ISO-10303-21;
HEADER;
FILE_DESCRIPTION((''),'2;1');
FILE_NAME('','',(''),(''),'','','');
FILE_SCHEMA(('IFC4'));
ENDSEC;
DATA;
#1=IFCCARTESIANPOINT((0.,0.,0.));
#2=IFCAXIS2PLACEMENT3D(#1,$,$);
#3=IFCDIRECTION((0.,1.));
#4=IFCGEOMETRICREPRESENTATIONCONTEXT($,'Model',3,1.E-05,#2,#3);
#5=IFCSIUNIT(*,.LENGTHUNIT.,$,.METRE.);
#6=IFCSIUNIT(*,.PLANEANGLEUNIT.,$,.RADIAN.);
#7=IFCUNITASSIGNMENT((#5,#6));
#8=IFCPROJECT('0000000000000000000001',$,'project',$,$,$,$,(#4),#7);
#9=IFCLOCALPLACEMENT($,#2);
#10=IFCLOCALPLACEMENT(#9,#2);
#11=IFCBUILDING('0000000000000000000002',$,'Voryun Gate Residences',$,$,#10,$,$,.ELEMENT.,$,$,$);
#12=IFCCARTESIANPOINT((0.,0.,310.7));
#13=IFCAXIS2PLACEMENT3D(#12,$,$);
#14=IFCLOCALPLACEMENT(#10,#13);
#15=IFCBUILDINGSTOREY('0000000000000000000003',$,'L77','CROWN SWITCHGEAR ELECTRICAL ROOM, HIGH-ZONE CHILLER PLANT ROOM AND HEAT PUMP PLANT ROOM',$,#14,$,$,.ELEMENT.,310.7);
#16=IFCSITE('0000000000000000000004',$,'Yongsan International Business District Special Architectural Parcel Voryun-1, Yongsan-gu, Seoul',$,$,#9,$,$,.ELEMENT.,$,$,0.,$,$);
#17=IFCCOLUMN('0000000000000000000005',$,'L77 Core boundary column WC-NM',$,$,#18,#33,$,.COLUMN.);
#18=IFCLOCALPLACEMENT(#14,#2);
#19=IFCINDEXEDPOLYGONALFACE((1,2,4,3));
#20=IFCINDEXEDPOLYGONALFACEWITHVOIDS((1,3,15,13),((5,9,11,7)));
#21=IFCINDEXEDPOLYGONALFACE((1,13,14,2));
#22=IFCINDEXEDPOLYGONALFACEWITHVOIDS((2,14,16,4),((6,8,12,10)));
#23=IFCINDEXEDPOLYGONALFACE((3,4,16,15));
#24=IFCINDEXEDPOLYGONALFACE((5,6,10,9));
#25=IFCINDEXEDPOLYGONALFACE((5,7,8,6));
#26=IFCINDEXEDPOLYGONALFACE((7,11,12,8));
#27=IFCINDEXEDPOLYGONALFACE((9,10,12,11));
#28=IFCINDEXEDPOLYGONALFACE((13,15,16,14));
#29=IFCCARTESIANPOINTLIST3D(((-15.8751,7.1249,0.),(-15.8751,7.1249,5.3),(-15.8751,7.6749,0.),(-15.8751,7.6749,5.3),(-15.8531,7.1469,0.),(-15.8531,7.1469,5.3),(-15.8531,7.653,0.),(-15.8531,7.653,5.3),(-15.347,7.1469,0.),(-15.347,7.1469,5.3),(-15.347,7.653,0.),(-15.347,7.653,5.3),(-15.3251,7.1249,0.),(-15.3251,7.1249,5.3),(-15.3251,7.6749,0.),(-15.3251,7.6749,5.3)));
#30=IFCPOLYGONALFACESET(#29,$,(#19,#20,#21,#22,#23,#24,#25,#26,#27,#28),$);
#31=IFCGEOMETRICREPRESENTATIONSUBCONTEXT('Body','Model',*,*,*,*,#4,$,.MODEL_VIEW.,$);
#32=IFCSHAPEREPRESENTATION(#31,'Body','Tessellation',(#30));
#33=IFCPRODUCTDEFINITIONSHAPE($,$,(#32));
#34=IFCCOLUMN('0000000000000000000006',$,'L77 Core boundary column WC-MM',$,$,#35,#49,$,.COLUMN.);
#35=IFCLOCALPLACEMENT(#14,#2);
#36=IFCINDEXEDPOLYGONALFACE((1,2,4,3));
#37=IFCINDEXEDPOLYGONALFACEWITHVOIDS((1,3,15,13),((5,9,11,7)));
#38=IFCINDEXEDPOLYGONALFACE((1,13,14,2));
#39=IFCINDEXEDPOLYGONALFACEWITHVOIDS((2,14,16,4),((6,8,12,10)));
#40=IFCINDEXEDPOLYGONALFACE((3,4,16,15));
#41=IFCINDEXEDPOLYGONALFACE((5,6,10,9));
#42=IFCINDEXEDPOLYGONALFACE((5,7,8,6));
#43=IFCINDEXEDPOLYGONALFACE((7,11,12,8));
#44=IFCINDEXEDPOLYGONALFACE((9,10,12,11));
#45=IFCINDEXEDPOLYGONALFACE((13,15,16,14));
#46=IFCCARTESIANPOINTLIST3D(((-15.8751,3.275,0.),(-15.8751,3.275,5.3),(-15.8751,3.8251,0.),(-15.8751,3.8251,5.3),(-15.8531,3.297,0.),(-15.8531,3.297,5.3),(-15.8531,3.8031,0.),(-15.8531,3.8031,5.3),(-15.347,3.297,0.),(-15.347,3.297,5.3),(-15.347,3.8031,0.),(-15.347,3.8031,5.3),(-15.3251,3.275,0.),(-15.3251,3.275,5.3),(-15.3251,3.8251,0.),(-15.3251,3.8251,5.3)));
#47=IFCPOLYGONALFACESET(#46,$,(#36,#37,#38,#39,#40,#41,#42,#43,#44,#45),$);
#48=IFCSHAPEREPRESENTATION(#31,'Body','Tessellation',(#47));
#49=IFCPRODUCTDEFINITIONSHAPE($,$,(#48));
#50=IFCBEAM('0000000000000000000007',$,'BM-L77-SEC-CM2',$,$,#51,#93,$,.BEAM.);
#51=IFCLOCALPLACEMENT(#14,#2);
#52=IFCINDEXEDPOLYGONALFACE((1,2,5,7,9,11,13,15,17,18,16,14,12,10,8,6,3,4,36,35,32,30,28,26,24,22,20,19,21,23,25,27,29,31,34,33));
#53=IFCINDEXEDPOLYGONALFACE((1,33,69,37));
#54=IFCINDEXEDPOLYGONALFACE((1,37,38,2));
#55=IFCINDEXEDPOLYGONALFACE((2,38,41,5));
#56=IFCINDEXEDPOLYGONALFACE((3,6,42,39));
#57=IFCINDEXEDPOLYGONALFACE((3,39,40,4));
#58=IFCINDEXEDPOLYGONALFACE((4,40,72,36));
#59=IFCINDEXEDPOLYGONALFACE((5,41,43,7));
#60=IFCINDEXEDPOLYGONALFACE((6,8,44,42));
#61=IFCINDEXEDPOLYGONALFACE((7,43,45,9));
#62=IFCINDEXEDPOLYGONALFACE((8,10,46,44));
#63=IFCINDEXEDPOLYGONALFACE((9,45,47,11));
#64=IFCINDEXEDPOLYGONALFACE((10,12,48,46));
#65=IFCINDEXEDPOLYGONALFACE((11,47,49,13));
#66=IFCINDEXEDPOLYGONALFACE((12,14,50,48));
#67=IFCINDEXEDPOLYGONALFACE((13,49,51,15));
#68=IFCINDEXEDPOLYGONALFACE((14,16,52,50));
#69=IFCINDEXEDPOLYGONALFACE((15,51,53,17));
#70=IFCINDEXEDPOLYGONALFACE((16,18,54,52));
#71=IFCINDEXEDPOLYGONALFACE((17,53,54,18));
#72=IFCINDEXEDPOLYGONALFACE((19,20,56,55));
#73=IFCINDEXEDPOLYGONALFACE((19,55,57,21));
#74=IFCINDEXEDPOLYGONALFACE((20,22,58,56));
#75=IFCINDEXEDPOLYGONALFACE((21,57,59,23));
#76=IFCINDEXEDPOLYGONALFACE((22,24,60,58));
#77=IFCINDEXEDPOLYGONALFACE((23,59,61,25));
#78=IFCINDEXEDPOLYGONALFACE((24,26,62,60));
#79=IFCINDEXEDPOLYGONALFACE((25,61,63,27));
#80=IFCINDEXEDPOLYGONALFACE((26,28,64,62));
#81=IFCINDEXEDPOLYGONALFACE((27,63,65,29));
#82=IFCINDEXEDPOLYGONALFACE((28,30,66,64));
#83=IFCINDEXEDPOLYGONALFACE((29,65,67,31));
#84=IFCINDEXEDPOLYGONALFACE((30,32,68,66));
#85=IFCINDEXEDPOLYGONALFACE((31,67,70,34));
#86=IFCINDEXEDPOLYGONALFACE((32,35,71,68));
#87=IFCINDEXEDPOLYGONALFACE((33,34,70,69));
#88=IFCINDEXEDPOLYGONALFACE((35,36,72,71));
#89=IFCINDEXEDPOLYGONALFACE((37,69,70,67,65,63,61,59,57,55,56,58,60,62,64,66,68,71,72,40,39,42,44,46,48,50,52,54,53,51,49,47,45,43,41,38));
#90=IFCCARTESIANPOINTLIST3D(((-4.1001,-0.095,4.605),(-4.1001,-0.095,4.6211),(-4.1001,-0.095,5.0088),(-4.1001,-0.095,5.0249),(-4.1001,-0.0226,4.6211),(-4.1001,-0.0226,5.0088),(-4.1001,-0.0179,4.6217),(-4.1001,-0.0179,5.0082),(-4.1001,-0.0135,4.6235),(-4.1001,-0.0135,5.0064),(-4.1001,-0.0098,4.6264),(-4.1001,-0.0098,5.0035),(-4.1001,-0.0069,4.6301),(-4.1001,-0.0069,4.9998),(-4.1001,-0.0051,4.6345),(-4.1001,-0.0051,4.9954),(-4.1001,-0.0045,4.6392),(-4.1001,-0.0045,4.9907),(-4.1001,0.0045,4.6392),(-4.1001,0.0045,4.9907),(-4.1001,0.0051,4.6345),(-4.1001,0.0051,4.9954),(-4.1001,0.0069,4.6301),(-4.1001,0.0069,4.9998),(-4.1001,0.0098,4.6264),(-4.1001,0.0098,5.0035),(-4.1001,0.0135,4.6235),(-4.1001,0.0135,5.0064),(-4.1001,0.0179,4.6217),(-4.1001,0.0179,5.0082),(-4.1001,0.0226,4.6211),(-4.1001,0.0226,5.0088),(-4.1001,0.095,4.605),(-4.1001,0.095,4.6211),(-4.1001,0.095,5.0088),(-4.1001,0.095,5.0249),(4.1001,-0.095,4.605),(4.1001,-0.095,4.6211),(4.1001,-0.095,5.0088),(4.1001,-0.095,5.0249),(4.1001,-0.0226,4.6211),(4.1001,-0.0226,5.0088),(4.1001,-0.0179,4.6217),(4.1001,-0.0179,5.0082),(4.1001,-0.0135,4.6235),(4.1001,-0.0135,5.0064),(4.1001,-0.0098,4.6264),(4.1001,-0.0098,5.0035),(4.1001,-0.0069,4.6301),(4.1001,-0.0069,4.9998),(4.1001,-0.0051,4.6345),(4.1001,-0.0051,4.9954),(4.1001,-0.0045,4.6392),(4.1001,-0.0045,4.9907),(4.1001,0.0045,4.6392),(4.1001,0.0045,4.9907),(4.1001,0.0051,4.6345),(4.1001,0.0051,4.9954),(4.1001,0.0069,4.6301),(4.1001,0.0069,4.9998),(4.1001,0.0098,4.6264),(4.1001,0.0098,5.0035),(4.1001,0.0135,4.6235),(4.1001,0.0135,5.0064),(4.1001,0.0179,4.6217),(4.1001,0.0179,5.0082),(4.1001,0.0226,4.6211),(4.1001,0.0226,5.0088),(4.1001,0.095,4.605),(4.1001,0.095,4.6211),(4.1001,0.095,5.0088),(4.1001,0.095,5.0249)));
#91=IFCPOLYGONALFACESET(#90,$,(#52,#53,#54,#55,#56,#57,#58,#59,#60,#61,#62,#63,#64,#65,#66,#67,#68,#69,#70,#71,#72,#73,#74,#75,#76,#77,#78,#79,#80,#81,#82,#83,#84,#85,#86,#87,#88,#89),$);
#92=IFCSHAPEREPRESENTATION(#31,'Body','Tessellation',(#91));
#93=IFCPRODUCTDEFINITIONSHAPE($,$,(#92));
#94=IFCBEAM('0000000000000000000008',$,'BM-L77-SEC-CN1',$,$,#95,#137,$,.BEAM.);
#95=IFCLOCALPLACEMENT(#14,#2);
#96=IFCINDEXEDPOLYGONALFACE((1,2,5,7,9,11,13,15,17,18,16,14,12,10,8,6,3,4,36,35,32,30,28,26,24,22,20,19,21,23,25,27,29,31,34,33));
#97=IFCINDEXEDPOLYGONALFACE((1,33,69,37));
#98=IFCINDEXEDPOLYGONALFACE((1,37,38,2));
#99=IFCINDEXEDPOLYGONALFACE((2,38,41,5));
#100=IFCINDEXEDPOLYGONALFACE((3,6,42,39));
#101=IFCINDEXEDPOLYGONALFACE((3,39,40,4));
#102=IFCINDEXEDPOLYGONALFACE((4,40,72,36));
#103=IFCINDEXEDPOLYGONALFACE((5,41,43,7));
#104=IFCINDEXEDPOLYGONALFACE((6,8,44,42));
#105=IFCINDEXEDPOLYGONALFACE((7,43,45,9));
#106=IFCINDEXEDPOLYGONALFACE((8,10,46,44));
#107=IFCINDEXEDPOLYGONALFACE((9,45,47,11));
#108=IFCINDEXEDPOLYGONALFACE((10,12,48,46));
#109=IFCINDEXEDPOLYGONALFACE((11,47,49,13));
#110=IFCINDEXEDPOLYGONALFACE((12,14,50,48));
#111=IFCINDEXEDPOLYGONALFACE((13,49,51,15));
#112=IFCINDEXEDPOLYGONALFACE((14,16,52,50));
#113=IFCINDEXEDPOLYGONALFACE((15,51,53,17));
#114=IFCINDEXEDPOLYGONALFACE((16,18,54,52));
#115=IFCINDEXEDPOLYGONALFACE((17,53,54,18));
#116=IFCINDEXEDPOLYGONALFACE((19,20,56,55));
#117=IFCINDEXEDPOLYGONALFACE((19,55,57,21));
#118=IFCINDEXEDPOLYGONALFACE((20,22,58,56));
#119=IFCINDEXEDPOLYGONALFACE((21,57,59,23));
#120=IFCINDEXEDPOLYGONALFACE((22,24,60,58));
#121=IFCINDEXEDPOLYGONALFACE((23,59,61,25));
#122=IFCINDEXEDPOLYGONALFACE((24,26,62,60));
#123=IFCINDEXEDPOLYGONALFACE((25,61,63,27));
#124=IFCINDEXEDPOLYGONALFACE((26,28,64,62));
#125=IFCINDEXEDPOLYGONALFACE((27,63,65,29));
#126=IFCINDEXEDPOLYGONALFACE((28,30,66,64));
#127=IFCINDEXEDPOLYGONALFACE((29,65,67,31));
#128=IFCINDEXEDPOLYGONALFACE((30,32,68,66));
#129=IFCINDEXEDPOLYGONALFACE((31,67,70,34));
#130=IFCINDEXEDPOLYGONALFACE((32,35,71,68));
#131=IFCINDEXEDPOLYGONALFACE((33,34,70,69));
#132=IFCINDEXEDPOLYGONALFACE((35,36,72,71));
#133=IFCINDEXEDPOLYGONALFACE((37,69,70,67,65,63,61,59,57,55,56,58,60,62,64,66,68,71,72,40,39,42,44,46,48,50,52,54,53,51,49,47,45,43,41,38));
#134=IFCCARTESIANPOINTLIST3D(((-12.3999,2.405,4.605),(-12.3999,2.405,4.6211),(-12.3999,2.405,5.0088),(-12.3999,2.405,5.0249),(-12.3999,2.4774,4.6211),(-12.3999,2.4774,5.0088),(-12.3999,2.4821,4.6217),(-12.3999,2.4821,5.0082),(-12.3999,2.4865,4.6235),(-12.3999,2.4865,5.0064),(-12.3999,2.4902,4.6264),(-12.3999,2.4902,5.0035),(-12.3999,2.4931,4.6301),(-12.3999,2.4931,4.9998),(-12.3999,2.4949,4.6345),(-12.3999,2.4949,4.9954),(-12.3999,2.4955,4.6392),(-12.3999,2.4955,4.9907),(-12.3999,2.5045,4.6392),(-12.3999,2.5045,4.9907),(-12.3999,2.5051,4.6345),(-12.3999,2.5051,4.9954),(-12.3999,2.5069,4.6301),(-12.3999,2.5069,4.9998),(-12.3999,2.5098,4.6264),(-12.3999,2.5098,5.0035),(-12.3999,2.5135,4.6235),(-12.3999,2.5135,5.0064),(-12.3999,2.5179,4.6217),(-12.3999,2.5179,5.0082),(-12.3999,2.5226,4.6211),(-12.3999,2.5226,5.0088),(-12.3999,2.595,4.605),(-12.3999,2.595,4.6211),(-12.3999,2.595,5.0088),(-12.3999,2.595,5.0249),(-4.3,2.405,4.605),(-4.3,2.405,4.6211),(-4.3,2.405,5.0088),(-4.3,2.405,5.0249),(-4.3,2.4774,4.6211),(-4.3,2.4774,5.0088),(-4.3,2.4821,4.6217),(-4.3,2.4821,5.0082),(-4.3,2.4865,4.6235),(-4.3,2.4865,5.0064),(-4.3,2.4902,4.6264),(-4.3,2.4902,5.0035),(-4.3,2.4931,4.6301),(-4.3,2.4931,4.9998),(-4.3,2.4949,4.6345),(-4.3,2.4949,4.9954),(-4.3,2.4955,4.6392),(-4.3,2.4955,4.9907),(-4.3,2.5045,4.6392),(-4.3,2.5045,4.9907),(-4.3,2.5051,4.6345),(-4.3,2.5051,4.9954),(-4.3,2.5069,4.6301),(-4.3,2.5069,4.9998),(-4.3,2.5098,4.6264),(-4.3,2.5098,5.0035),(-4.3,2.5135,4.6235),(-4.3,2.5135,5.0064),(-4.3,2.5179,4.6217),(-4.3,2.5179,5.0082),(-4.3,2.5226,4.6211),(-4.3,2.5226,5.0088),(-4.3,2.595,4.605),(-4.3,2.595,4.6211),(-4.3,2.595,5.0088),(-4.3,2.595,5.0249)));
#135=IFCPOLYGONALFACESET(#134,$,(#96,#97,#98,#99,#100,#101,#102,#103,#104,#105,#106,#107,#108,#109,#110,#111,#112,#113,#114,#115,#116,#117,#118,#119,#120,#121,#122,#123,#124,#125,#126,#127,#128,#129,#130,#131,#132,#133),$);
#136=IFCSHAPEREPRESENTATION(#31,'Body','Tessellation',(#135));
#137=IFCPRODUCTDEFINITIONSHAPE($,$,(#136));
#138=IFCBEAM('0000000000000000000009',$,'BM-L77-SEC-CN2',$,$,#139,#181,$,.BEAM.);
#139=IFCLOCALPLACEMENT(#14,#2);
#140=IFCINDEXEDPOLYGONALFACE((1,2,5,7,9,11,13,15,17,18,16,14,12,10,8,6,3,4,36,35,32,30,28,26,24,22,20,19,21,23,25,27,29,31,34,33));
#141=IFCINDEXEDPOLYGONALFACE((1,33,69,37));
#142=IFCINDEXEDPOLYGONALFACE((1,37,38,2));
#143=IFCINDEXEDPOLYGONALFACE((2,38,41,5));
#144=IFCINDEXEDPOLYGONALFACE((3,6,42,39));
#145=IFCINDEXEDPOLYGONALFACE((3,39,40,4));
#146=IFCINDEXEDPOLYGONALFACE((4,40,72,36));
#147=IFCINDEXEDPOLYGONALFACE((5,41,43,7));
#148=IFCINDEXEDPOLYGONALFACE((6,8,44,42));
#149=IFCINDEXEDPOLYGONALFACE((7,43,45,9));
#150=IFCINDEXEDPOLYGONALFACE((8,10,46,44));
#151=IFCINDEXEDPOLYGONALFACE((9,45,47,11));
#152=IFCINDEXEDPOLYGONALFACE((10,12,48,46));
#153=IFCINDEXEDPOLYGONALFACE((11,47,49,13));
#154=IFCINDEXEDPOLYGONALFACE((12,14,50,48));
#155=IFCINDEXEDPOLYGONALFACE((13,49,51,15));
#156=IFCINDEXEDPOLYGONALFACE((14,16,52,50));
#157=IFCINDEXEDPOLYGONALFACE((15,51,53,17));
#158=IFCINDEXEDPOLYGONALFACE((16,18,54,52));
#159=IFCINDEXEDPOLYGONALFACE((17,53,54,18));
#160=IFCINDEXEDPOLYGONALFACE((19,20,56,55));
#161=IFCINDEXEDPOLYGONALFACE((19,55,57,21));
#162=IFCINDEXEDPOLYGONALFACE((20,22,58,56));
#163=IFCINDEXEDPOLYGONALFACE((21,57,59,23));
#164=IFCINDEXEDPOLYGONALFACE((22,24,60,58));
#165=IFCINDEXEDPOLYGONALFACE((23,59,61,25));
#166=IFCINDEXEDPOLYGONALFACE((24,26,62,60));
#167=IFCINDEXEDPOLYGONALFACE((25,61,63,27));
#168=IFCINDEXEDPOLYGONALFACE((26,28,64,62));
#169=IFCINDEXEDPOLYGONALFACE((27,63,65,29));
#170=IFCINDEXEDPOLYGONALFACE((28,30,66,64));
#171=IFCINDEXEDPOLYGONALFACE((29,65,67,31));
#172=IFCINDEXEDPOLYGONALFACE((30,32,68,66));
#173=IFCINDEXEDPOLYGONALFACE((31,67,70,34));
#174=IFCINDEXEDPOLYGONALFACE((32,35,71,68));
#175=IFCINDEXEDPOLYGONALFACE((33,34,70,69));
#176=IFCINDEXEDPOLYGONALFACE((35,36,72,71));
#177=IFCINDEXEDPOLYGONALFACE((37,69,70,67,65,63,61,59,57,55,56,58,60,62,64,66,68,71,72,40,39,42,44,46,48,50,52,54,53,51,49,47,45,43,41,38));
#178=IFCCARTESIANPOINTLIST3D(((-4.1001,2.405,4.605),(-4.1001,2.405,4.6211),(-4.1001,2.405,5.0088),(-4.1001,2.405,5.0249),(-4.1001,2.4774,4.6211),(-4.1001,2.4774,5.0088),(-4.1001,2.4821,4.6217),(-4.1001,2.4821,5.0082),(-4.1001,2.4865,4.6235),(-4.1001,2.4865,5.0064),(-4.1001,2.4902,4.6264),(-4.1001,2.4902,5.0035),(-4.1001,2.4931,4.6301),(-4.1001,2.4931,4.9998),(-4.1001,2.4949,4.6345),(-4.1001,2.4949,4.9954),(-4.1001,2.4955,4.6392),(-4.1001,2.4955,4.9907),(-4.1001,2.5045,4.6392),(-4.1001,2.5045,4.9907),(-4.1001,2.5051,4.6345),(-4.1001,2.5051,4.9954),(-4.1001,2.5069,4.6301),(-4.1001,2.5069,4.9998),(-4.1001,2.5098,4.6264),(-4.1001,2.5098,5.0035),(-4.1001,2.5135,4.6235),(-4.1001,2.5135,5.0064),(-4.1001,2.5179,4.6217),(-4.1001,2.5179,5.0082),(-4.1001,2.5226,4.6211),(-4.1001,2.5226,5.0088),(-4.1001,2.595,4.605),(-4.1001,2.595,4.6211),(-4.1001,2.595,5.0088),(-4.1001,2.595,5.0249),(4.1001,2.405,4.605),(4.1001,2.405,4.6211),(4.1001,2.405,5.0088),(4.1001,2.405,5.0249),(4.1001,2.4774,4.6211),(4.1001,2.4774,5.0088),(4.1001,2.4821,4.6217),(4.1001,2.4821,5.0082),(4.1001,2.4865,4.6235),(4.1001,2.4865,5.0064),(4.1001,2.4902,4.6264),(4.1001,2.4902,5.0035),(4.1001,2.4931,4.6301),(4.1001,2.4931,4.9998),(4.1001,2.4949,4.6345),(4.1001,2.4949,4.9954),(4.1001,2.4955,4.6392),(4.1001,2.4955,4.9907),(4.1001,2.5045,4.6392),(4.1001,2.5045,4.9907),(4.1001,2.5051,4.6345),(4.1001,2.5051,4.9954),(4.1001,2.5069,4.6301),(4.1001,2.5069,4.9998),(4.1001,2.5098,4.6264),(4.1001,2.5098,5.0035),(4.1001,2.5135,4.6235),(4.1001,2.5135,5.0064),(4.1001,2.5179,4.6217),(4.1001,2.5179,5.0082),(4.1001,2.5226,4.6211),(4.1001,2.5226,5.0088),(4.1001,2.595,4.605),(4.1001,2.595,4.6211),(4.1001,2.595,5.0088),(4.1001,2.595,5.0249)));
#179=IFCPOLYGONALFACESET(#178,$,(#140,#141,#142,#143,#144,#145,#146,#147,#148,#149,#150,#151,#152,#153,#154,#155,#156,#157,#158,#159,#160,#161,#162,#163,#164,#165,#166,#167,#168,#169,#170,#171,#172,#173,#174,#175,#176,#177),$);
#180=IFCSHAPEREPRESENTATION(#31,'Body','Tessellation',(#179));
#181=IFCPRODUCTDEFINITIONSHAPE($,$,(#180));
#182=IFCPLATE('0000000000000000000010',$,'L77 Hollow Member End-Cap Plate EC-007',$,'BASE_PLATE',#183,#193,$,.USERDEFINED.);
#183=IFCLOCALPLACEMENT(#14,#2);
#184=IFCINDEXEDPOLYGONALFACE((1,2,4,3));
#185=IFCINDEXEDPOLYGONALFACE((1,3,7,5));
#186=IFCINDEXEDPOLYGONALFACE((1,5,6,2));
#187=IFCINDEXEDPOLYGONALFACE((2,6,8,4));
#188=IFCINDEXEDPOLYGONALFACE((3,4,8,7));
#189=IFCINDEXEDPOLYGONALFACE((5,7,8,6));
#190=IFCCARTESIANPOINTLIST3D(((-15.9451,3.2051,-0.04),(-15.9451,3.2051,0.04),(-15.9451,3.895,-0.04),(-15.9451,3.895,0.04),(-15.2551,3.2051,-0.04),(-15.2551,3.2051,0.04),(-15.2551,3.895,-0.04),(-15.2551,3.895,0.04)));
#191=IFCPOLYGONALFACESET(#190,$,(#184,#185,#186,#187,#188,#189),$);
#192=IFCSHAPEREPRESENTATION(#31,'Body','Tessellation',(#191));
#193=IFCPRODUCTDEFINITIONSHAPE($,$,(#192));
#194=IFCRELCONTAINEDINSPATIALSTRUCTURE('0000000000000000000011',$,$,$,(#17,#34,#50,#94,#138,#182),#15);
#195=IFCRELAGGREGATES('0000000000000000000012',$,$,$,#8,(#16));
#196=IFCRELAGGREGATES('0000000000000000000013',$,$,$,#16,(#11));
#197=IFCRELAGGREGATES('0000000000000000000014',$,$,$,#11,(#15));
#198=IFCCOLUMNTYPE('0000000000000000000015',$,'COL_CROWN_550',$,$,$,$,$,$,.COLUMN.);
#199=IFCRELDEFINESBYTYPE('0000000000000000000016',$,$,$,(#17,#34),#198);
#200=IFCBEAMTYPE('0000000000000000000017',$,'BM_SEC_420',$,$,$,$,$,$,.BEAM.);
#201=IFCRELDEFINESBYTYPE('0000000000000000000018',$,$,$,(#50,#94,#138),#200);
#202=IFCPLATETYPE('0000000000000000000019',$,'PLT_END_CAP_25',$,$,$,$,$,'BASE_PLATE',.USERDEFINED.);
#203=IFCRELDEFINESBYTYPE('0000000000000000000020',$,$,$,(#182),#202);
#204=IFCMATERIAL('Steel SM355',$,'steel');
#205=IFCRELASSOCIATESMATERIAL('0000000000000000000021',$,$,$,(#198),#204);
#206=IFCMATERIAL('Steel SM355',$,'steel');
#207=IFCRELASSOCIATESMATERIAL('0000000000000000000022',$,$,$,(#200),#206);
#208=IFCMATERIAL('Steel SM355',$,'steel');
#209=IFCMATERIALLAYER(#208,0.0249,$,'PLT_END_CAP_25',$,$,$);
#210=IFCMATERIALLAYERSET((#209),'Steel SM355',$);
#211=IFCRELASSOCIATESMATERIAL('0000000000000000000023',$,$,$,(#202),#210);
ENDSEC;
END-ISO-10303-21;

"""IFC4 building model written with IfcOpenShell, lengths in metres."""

from ifc_helpers import new_model, si_unit, direction, frame, origin, origin_2d, place, context, subcontext, project, spatial, rectangle, hollow_rectangle, i_section, extrude, material, layer, layer_set, material_profile, profile_set, type_object, element, save


model = new_model("IFC4")

# Units and contexts
model_context = context("Model", 3, precision=1e-05, world=origin(), true_north=direction((0.0, 1.0)))
body_context = subcontext(model_context, "Body", "Model", "MODEL_VIEW")
ifc_project = project(units=[si_unit("LENGTHUNIT", "METRE"), si_unit("PLANEANGLEUNIT", "RADIAN")], contexts=[model_context])

# Site, building, storey
site_placement = place(None, origin())
site = spatial("IfcSite", under=ifc_project, at=site_placement, Name="Yongsan International Business District Special Architectural Parcel Voryun-1, Yongsan-gu, Seoul", CompositionType="ELEMENT", RefElevation=0.0)
building_placement = place(site_placement, origin())
building = spatial("IfcBuilding", under=site, at=building_placement, Name="Voryun Gate Residences", CompositionType="ELEMENT")
storey_placement = place(building_placement, frame((0.0, 0.0, 310.7)))
storey = spatial("IfcBuildingStorey", under=building, at=storey_placement, Name="L77", Description="CROWN SWITCHGEAR ELECTRICAL ROOM, HIGH-ZONE CHILLER PLANT ROOM AND HEAT PUMP PLANT ROOM", CompositionType="ELEMENT", Elevation=310.7)

# Columns
ifc_material_1 = material(Name="Steel SM355", Category="steel")
ifc_material_profile_1 = material_profile(ifc_material_1, hollow_rectangle(XDim=0.55, YDim=0.55, WallThickness=0.022, at=origin_2d()), Name="BOX-550x550x22")
ifc_profile_set_1 = profile_set([ifc_material_profile_1], Name="Steel SM355")
column_type = type_object("IfcColumnType", Name="COL_CROWN_550", PredefinedType="COLUMN", material=ifc_profile_set_1)
for number, where, z_axis, x_axis, name in (
    (1, (-15.6001, 7.3999, 0.0), (0.0, 0.0, 1.0), (1.0, 0.0, 0.0), "L77 Core boundary column WC-NM"),
    (2, (-15.6001, 3.55, 0.0), (0.0, 0.0, 1.0), (1.0, 0.0, 0.0), "L77 Core boundary column WC-MM"),
):
    element("IfcColumn", number, at=place(storey_placement, frame(where, z_axis=z_axis, x_axis=x_axis)), inside=storey, type_object=column_type, Name=name, PredefinedType="COLUMN", context=body_context, shape_type="SweptSolid", body=[
        extrude(hollow_rectangle(XDim=0.55, YDim=0.55, WallThickness=0.022, at=origin_2d()), origin(), (0.0, 0.0, 1.0), 5.3),
    ])

# Beams
ifc_material_2 = material(Name="Steel SM355", Category="steel")
ifc_material_profile_2 = material_profile(ifc_material_2, i_section(OverallWidth=0.1899, OverallDepth=0.4199, WebThickness=0.009, FlangeThickness=0.0161, FilletRadius=0.0181, at=origin_2d()), Name="H-420x190x9x16")
ifc_profile_set_2 = profile_set([ifc_material_profile_2], Name="Steel SM355")
beam_type = type_object("IfcBeamType", Name="BM_SEC_420", PredefinedType="BEAM", material=ifc_profile_set_2)
beam_1_placement = place(storey_placement, frame((-4.1001, 0.0, 4.8149), z_axis=(1.0, 0.0, 0.0), x_axis=(0.0, 1.0, 0.0)))
element("IfcBeam", 3, at=beam_1_placement, inside=storey, type_object=beam_type, Name="BM-L77-SEC-CM2", PredefinedType="BEAM", context=body_context, shape_type="SweptSolid", body=[
    extrude(i_section(OverallWidth=0.1899, OverallDepth=0.4199, WebThickness=0.009, FlangeThickness=0.0161, FilletRadius=0.0181, at=origin_2d()), origin(), (0.0, 0.0, 1.0), 8.2002),
])
beam_2_placement = place(storey_placement, frame((-12.3999, 2.5, 4.8149), z_axis=(1.0, 0.0, 0.0), x_axis=(0.0, 1.0, 0.0)))
element("IfcBeam", 4, at=beam_2_placement, inside=storey, type_object=beam_type, Name="BM-L77-SEC-CN1", PredefinedType="BEAM", context=body_context, shape_type="SweptSolid", body=[
    extrude(i_section(OverallWidth=0.1899, OverallDepth=0.4199, WebThickness=0.009, FlangeThickness=0.0161, FilletRadius=0.0181, at=origin_2d()), origin(), (0.0, 0.0, 1.0), 8.0999),
])
beam_3_placement = place(storey_placement, frame((-4.1001, 2.5, 4.8149), z_axis=(1.0, 0.0, 0.0), x_axis=(0.0, 1.0, 0.0)))
element("IfcBeam", 5, at=beam_3_placement, inside=storey, type_object=beam_type, Name="BM-L77-SEC-CN2", PredefinedType="BEAM", context=body_context, shape_type="SweptSolid", body=[
    extrude(i_section(OverallWidth=0.1899, OverallDepth=0.4199, WebThickness=0.009, FlangeThickness=0.0161, FilletRadius=0.0181, at=origin_2d()), origin(), (0.0, 0.0, 1.0), 8.2002),
])

# Plate
ifc_material_3 = material(Name="Steel SM355", Category="steel")
ifc_layer_1 = layer(ifc_material_3, 0.0249, Name="PLT_END_CAP_25")
ifc_layer_set_1 = layer_set([ifc_layer_1], Name="Steel SM355")
plate_type = type_object("IfcPlateType", Name="PLT_END_CAP_25", ElementType="BASE_PLATE", PredefinedType="USERDEFINED", material=ifc_layer_set_1)
plate_placement = place(storey_placement, frame((-15.6001, 3.55, -0.04), z_axis=(0.0, 0.0, 1.0), x_axis=(1.0, 0.0, 0.0)))
element("IfcPlate", 6, at=plate_placement, inside=storey, type_object=plate_type, Name="L77 Hollow Member End-Cap Plate EC-007", ObjectType="BASE_PLATE", PredefinedType="USERDEFINED", context=body_context, shape_type="SweptSolid", body=[
    extrude(rectangle(XDim=0.6899, YDim=0.6899, at=origin_2d()), origin(), (0.0, 0.0, 1.0), 0.0801),
])

save(model, "model.ifc")
